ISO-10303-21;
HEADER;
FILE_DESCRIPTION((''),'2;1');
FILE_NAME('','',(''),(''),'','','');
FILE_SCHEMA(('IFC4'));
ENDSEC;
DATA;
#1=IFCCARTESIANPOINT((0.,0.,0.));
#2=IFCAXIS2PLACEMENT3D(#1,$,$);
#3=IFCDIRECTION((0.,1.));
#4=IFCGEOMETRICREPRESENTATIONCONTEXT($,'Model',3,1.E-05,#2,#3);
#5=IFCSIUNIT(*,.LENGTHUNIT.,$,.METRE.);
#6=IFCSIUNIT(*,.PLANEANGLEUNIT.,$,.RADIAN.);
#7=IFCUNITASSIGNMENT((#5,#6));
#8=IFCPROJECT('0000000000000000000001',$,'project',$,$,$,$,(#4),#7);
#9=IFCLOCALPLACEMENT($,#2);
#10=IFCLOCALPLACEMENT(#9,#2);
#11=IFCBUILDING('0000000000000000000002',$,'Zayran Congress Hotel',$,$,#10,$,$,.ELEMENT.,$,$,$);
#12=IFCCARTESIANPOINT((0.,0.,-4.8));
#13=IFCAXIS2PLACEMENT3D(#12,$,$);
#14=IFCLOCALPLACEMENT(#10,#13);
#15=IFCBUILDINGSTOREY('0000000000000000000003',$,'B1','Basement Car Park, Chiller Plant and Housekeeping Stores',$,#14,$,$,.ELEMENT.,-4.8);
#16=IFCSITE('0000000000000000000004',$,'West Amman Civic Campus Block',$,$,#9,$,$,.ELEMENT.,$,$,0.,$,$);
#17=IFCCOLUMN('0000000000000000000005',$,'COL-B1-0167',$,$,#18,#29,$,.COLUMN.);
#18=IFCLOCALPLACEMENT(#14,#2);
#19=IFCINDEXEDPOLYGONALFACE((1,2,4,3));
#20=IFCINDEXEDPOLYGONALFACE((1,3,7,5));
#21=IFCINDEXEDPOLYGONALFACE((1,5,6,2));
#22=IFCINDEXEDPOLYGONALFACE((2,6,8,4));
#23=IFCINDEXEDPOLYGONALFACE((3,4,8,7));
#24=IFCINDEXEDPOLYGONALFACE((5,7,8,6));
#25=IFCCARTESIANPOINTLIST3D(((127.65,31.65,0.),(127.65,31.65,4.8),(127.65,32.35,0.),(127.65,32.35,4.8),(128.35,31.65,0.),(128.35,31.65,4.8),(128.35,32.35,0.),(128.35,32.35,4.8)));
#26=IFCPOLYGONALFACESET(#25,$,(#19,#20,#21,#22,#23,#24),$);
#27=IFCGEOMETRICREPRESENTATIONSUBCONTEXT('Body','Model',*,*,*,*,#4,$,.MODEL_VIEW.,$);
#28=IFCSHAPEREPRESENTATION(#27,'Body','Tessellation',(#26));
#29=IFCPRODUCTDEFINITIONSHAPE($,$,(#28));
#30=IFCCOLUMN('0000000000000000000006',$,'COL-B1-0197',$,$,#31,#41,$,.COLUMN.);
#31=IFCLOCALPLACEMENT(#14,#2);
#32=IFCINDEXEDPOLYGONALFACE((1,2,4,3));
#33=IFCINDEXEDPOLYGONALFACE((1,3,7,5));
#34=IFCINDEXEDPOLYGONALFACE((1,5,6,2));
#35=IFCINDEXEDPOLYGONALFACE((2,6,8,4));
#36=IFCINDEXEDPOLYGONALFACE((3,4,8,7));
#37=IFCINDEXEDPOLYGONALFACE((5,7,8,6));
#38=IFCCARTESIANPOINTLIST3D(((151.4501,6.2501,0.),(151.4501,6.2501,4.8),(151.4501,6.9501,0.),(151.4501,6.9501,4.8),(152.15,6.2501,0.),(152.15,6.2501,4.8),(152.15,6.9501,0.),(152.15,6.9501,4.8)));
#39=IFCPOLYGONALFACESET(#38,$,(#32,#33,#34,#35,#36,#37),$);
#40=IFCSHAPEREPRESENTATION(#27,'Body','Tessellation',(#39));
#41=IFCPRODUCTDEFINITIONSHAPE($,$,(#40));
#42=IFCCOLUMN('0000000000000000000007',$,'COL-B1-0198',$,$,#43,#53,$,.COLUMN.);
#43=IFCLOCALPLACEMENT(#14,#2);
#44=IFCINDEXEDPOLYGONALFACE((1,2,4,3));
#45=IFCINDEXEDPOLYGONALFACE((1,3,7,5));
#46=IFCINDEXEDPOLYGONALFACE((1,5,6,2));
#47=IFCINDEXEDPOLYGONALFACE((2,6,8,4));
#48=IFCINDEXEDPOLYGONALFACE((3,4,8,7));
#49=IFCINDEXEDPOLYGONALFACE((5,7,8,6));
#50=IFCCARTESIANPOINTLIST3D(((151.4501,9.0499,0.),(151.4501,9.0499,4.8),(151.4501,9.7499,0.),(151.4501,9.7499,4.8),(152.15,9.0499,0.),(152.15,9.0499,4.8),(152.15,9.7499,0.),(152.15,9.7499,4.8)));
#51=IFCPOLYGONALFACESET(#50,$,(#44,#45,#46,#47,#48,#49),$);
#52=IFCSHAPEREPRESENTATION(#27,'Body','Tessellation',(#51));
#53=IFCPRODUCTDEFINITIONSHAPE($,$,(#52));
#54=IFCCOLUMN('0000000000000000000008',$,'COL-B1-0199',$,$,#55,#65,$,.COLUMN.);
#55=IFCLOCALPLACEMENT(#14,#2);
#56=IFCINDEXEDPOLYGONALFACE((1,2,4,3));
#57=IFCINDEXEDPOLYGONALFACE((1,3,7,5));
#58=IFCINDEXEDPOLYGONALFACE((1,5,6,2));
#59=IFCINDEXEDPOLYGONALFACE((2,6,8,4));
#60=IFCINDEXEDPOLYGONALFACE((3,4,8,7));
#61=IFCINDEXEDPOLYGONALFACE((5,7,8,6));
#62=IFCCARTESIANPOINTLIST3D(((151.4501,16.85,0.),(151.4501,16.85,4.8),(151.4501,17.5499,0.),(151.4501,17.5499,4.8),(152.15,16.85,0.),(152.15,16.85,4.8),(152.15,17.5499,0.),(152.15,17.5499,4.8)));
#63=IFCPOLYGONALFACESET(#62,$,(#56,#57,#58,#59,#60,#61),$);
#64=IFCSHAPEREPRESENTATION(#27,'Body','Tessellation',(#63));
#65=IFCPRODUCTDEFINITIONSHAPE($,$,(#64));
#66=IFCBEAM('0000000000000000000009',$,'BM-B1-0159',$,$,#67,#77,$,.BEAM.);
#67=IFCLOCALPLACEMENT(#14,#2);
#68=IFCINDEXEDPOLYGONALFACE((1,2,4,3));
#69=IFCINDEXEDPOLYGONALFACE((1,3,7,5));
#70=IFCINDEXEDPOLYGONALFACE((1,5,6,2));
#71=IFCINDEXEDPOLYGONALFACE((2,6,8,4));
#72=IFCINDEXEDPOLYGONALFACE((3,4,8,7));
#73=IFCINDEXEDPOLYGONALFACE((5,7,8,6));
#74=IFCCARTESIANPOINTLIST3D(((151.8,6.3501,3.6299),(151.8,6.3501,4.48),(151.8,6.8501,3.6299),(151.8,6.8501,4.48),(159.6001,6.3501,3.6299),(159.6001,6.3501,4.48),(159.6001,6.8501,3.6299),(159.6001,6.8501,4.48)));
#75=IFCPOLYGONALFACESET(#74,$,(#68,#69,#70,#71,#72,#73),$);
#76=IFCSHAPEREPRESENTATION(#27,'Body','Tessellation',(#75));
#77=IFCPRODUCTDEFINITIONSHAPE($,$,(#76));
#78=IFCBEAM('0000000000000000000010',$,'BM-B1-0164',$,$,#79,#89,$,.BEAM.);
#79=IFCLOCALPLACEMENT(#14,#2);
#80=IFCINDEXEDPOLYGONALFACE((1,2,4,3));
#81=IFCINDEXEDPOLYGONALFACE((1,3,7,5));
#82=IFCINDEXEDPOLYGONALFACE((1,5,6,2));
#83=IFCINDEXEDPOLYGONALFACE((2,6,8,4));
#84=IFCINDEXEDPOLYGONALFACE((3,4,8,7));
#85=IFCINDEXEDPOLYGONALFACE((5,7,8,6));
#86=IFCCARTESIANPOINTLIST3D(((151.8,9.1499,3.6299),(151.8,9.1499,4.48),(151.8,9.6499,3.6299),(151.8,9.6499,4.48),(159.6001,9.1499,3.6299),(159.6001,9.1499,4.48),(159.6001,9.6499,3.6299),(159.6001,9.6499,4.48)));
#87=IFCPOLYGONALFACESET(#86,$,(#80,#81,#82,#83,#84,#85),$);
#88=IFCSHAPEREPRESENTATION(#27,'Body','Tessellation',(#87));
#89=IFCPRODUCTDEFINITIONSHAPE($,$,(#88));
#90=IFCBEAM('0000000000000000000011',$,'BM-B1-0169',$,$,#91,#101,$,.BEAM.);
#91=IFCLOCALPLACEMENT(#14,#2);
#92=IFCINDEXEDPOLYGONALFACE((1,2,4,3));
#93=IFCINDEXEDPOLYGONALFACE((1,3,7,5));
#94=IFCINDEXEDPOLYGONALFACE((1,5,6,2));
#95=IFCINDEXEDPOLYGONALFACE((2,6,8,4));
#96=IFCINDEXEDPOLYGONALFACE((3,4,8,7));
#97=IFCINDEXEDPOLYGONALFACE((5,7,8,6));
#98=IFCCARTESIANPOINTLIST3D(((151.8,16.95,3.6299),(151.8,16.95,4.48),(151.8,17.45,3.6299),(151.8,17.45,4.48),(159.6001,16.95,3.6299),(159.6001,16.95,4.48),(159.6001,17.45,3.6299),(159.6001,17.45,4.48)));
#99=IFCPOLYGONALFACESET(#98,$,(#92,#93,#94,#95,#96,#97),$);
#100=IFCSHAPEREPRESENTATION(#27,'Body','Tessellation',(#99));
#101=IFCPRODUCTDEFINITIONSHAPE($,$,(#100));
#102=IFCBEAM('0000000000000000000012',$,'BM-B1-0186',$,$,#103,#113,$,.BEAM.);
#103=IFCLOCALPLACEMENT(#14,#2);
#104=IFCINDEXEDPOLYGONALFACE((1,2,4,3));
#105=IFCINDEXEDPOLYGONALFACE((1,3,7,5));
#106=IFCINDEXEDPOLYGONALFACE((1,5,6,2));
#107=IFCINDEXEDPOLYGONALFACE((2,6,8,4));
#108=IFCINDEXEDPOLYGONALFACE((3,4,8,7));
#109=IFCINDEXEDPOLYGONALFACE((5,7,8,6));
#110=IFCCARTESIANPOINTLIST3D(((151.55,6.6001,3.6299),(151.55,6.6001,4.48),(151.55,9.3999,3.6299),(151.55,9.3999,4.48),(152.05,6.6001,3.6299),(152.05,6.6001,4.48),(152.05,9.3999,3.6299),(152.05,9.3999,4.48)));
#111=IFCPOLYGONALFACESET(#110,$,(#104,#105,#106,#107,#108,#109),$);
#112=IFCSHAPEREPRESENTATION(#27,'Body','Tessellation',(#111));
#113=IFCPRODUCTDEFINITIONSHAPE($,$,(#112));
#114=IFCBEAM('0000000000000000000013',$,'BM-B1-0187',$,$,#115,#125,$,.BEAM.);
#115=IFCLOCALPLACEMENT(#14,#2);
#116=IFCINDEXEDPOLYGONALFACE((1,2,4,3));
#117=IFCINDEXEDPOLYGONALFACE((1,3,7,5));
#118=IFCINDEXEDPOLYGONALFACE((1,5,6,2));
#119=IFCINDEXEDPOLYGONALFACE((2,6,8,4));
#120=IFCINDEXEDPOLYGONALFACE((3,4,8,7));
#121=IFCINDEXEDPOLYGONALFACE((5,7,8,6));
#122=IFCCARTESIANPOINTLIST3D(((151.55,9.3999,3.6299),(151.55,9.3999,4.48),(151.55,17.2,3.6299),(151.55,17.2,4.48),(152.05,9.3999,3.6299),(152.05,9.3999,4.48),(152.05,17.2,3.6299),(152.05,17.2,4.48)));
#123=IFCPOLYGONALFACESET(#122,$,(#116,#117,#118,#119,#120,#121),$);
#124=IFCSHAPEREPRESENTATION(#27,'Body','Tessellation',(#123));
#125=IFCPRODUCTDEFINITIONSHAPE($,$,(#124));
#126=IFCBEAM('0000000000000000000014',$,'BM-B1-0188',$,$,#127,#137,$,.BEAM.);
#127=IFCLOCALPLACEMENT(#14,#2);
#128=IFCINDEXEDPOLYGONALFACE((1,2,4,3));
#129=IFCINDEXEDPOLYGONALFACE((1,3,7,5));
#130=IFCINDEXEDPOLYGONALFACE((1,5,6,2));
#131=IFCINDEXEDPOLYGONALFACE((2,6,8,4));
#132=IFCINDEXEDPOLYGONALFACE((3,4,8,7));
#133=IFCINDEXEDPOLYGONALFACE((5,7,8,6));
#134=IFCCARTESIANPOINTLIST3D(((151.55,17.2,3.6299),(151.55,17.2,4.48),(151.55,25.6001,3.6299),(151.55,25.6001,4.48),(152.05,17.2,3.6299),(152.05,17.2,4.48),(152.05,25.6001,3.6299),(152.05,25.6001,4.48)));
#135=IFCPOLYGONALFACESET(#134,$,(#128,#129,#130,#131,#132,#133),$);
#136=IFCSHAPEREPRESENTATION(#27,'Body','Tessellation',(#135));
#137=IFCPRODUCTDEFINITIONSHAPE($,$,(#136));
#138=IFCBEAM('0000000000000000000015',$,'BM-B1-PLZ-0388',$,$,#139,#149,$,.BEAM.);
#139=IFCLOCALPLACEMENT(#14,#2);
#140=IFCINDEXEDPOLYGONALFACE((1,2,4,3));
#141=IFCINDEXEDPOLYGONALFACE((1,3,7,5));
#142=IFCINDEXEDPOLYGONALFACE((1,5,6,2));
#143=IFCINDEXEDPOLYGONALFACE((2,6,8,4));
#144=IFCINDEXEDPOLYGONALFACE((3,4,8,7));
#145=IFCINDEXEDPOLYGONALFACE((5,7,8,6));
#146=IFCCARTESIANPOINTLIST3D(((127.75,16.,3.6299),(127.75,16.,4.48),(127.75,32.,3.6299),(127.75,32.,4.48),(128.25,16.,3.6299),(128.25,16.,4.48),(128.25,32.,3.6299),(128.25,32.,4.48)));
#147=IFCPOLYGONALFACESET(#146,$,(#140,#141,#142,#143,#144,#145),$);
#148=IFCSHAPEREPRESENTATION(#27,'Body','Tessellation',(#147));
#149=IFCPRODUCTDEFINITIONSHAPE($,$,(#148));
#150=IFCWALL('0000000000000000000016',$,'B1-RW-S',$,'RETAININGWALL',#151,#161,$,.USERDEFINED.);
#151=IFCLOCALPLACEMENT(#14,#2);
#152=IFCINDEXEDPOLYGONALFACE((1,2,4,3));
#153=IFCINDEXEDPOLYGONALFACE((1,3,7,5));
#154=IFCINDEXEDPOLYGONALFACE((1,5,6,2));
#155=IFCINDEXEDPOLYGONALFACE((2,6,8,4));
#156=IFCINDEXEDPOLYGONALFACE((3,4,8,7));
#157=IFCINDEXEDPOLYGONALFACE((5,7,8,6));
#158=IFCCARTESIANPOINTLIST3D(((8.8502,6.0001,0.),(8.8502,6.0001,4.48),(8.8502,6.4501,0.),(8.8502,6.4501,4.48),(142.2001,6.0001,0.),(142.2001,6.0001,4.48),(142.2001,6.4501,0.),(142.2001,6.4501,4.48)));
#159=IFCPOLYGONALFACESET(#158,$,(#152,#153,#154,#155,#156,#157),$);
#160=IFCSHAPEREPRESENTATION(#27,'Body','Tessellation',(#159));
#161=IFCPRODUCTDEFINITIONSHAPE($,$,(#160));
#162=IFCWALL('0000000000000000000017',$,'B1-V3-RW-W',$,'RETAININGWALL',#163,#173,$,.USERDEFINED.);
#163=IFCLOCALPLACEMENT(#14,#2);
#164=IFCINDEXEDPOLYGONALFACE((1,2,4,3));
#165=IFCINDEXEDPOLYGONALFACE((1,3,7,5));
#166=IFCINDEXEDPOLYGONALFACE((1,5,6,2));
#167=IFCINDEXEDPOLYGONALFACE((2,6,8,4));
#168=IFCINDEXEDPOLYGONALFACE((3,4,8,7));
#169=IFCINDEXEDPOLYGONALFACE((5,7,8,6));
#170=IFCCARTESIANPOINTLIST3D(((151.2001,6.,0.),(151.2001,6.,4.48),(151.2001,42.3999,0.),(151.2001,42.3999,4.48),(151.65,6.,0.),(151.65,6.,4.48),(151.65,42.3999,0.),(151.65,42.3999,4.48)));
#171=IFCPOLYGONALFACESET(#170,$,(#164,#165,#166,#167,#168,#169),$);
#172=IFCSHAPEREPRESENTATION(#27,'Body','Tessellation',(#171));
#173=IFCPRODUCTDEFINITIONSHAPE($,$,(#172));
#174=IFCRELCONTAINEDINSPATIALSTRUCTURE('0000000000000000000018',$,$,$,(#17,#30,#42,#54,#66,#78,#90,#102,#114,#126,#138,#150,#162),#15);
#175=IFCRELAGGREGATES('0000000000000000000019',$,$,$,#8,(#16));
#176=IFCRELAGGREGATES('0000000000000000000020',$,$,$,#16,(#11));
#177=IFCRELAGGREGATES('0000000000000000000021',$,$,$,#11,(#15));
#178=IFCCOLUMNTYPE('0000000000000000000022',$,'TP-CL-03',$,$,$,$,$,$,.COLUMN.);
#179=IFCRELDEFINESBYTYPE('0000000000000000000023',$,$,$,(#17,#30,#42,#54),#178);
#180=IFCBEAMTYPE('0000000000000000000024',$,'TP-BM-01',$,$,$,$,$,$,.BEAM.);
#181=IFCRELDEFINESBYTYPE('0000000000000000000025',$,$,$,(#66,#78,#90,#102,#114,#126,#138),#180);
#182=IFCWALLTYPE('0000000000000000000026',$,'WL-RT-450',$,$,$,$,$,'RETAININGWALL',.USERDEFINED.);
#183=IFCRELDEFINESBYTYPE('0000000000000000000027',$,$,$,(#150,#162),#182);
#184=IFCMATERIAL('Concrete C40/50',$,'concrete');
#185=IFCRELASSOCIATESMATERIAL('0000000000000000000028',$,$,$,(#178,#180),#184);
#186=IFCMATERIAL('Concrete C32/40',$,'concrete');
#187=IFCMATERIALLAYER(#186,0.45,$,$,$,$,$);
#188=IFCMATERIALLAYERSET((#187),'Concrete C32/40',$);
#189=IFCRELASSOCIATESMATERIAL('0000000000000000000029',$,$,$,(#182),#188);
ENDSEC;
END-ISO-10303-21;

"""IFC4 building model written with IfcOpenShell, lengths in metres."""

from ifc_helpers import new_model, si_unit, direction, frame, frame_2d, origin, origin_2d, place, context, subcontext, project, spatial, rectangle, extrude, material, layer, layer_set, material_profile, profile_set, type_object, element, save


model = new_model("IFC4")

# Units and contexts
model_context = context("Model", 3, precision=1e-05, world=origin(), true_north=direction((0.0, 1.0)))
body_context = subcontext(model_context, "Body", "Model", "MODEL_VIEW")
ifc_project = project(units=[si_unit("LENGTHUNIT", "METRE"), si_unit("PLANEANGLEUNIT", "RADIAN")], contexts=[model_context])

# Site, building, storey
site_placement = place(None, origin())
site = spatial("IfcSite", under=ifc_project, at=site_placement, Name="West Amman Civic Campus Block", CompositionType="ELEMENT", RefElevation=0.0)
building_placement = place(site_placement, origin())
building = spatial("IfcBuilding", under=site, at=building_placement, Name="Zayran Congress Hotel", CompositionType="ELEMENT")
storey_placement = place(building_placement, frame((0.0, 0.0, -4.8)))
storey = spatial("IfcBuildingStorey", under=building, at=storey_placement, Name="B1", Description="Basement Car Park, Chiller Plant and Housekeeping Stores", CompositionType="ELEMENT", Elevation=-4.8)

# Shared definitions
ifc_material_1 = material(Name="Concrete C40/50", Category="concrete")

# Columns
ifc_material_profile_1 = material_profile(ifc_material_1, rectangle(XDim=0.7, YDim=0.7, at=origin_2d()), Name="RC 700x700")
ifc_profile_set_1 = profile_set([ifc_material_profile_1], Name="Concrete C40/50")
column_type = type_object("IfcColumnType", Name="TP-CL-03", PredefinedType="COLUMN", material=ifc_profile_set_1)
for number, where, z_axis, x_axis, name in (
    (1, (128.0, 32.0, 0.0), (0.0, 0.0, 1.0), (1.0, 0.0, 0.0), "COL-B1-0167"),
    (2, (151.8, 6.6001, 0.0), (0.0, 0.0, 1.0), (1.0, 0.0, 0.0), "COL-B1-0197"),
    (3, (151.8, 9.3999, 0.0), (0.0, 0.0, 1.0), (1.0, 0.0, 0.0), "COL-B1-0198"),
    (4, (151.8, 17.2, 0.0), (0.0, 0.0, 1.0), (1.0, 0.0, 0.0), "COL-B1-0199"),
):
    element("IfcColumn", number, at=place(storey_placement, frame(where, z_axis=z_axis, x_axis=x_axis)), inside=storey, type_object=column_type, Name=name, PredefinedType="COLUMN", context=body_context, shape_type="SweptSolid", body=[
        extrude(rectangle(XDim=0.7, YDim=0.7, at=origin_2d()), origin(), (0.0, 0.0, 1.0), 4.8),
    ])

# Beams
ifc_material_profile_2 = material_profile(ifc_material_1, rectangle(XDim=0.5, YDim=0.8501, at=origin_2d()), Name="RC 500x850")
ifc_profile_set_2 = profile_set([ifc_material_profile_2], Name="Concrete C40/50")
beam_type = type_object("IfcBeamType", Name="TP-BM-01", PredefinedType="BEAM", material=ifc_profile_set_2)
for number, where, z_axis, x_axis, name in (
    (5, (151.8, 6.6001, 4.0549), (1.0, 0.0, 0.0), (0.0, 1.0, 0.0), "BM-B1-0159"),
    (6, (151.8, 9.3999, 4.0549), (1.0, 0.0, 0.0), (0.0, 1.0, 0.0), "BM-B1-0164"),
    (7, (151.8, 17.2, 4.0549), (1.0, 0.0, 0.0), (0.0, 1.0, 0.0), "BM-B1-0169"),
):
    element("IfcBeam", number, at=place(storey_placement, frame(where, z_axis=z_axis, x_axis=x_axis)), inside=storey, type_object=beam_type, Name=name, PredefinedType="BEAM", context=body_context, shape_type="SweptSolid", body=[
        extrude(rectangle(XDim=0.5, YDim=0.8501, at=origin_2d()), origin(), (0.0, 0.0, 1.0), 7.8),
    ])
beam_1_placement = place(storey_placement, frame((151.8, 6.6001, 4.0549), z_axis=(0.0, 1.0, 0.0), x_axis=(-1.0, 0.0, 0.0)))
element("IfcBeam", 8, at=beam_1_placement, inside=storey, type_object=beam_type, Name="BM-B1-0186", PredefinedType="BEAM", context=body_context, shape_type="SweptSolid", body=[
    extrude(rectangle(XDim=0.5, YDim=0.8501, at=origin_2d()), origin(), (0.0, 0.0, 1.0), 2.7998),
])
beam_2_placement = place(storey_placement, frame((151.8, 9.3999, 4.0549), z_axis=(0.0, 1.0, 0.0), x_axis=(-1.0, 0.0, 0.0)))
element("IfcBeam", 9, at=beam_2_placement, inside=storey, type_object=beam_type, Name="BM-B1-0187", PredefinedType="BEAM", context=body_context, shape_type="SweptSolid", body=[
    extrude(rectangle(XDim=0.5, YDim=0.8501, at=origin_2d()), origin(), (0.0, 0.0, 1.0), 7.8),
])
beam_3_placement = place(storey_placement, frame((151.8, 17.2, 4.0549), z_axis=(0.0, 1.0, 0.0), x_axis=(-1.0, 0.0, 0.0)))
element("IfcBeam", 10, at=beam_3_placement, inside=storey, type_object=beam_type, Name="BM-B1-0188", PredefinedType="BEAM", context=body_context, shape_type="SweptSolid", body=[
    extrude(rectangle(XDim=0.5, YDim=0.8501, at=origin_2d()), origin(), (0.0, 0.0, 1.0), 8.4001),
])
beam_4_placement = place(storey_placement, frame((128.0, 16.0, 4.0549), z_axis=(0.0, 1.0, 0.0), x_axis=(-1.0, 0.0, 0.0)))
element("IfcBeam", 11, at=beam_4_placement, inside=storey, type_object=beam_type, Name="BM-B1-PLZ-0388", PredefinedType="BEAM", context=body_context, shape_type="SweptSolid", body=[
    extrude(rectangle(XDim=0.5, YDim=0.8501, at=origin_2d()), origin(), (0.0, 0.0, 1.0), 16.0),
])

# Walls
ifc_material_2 = material(Name="Concrete C32/40", Category="concrete")
ifc_layer = layer(ifc_material_2, 0.45)
ifc_layer_set = layer_set([ifc_layer], Name="Concrete C32/40")
wall_type = type_object("IfcWallType", Name="WL-RT-450", ElementType="RETAININGWALL", PredefinedType="USERDEFINED", material=ifc_layer_set)
wall_1_placement = place(storey_placement, frame((142.2, 6.2251, 0.0), z_axis=(0.0, 0.0, 1.0), x_axis=(-1.0, 0.0, 0.0)))
element("IfcWall", 12, at=wall_1_placement, inside=storey, type_object=wall_type, Name="B1-RW-S", ObjectType="RETAININGWALL", PredefinedType="USERDEFINED", context=body_context, shape_type="SweptSolid", body=[
    extrude(rectangle(XDim=133.3499, YDim=0.45, at=frame_2d((66.6748, 0.0))), origin(), (0.0, 0.0, 1.0), 4.48),
])
wall_2_placement = place(storey_placement, frame((151.425, 6.0, 0.0), z_axis=(0.0, 0.0, 1.0), x_axis=(0.0, 1.0, 0.0)))
element("IfcWall", 13, at=wall_2_placement, inside=storey, type_object=wall_type, Name="B1-V3-RW-W", ObjectType="RETAININGWALL", PredefinedType="USERDEFINED", context=body_context, shape_type="SweptSolid", body=[
    extrude(rectangle(XDim=36.3999, YDim=0.45, at=frame_2d((18.2, 0.0))), origin(), (0.0, 0.0, 1.0), 4.48),
])

save(model, "model.ifc")
